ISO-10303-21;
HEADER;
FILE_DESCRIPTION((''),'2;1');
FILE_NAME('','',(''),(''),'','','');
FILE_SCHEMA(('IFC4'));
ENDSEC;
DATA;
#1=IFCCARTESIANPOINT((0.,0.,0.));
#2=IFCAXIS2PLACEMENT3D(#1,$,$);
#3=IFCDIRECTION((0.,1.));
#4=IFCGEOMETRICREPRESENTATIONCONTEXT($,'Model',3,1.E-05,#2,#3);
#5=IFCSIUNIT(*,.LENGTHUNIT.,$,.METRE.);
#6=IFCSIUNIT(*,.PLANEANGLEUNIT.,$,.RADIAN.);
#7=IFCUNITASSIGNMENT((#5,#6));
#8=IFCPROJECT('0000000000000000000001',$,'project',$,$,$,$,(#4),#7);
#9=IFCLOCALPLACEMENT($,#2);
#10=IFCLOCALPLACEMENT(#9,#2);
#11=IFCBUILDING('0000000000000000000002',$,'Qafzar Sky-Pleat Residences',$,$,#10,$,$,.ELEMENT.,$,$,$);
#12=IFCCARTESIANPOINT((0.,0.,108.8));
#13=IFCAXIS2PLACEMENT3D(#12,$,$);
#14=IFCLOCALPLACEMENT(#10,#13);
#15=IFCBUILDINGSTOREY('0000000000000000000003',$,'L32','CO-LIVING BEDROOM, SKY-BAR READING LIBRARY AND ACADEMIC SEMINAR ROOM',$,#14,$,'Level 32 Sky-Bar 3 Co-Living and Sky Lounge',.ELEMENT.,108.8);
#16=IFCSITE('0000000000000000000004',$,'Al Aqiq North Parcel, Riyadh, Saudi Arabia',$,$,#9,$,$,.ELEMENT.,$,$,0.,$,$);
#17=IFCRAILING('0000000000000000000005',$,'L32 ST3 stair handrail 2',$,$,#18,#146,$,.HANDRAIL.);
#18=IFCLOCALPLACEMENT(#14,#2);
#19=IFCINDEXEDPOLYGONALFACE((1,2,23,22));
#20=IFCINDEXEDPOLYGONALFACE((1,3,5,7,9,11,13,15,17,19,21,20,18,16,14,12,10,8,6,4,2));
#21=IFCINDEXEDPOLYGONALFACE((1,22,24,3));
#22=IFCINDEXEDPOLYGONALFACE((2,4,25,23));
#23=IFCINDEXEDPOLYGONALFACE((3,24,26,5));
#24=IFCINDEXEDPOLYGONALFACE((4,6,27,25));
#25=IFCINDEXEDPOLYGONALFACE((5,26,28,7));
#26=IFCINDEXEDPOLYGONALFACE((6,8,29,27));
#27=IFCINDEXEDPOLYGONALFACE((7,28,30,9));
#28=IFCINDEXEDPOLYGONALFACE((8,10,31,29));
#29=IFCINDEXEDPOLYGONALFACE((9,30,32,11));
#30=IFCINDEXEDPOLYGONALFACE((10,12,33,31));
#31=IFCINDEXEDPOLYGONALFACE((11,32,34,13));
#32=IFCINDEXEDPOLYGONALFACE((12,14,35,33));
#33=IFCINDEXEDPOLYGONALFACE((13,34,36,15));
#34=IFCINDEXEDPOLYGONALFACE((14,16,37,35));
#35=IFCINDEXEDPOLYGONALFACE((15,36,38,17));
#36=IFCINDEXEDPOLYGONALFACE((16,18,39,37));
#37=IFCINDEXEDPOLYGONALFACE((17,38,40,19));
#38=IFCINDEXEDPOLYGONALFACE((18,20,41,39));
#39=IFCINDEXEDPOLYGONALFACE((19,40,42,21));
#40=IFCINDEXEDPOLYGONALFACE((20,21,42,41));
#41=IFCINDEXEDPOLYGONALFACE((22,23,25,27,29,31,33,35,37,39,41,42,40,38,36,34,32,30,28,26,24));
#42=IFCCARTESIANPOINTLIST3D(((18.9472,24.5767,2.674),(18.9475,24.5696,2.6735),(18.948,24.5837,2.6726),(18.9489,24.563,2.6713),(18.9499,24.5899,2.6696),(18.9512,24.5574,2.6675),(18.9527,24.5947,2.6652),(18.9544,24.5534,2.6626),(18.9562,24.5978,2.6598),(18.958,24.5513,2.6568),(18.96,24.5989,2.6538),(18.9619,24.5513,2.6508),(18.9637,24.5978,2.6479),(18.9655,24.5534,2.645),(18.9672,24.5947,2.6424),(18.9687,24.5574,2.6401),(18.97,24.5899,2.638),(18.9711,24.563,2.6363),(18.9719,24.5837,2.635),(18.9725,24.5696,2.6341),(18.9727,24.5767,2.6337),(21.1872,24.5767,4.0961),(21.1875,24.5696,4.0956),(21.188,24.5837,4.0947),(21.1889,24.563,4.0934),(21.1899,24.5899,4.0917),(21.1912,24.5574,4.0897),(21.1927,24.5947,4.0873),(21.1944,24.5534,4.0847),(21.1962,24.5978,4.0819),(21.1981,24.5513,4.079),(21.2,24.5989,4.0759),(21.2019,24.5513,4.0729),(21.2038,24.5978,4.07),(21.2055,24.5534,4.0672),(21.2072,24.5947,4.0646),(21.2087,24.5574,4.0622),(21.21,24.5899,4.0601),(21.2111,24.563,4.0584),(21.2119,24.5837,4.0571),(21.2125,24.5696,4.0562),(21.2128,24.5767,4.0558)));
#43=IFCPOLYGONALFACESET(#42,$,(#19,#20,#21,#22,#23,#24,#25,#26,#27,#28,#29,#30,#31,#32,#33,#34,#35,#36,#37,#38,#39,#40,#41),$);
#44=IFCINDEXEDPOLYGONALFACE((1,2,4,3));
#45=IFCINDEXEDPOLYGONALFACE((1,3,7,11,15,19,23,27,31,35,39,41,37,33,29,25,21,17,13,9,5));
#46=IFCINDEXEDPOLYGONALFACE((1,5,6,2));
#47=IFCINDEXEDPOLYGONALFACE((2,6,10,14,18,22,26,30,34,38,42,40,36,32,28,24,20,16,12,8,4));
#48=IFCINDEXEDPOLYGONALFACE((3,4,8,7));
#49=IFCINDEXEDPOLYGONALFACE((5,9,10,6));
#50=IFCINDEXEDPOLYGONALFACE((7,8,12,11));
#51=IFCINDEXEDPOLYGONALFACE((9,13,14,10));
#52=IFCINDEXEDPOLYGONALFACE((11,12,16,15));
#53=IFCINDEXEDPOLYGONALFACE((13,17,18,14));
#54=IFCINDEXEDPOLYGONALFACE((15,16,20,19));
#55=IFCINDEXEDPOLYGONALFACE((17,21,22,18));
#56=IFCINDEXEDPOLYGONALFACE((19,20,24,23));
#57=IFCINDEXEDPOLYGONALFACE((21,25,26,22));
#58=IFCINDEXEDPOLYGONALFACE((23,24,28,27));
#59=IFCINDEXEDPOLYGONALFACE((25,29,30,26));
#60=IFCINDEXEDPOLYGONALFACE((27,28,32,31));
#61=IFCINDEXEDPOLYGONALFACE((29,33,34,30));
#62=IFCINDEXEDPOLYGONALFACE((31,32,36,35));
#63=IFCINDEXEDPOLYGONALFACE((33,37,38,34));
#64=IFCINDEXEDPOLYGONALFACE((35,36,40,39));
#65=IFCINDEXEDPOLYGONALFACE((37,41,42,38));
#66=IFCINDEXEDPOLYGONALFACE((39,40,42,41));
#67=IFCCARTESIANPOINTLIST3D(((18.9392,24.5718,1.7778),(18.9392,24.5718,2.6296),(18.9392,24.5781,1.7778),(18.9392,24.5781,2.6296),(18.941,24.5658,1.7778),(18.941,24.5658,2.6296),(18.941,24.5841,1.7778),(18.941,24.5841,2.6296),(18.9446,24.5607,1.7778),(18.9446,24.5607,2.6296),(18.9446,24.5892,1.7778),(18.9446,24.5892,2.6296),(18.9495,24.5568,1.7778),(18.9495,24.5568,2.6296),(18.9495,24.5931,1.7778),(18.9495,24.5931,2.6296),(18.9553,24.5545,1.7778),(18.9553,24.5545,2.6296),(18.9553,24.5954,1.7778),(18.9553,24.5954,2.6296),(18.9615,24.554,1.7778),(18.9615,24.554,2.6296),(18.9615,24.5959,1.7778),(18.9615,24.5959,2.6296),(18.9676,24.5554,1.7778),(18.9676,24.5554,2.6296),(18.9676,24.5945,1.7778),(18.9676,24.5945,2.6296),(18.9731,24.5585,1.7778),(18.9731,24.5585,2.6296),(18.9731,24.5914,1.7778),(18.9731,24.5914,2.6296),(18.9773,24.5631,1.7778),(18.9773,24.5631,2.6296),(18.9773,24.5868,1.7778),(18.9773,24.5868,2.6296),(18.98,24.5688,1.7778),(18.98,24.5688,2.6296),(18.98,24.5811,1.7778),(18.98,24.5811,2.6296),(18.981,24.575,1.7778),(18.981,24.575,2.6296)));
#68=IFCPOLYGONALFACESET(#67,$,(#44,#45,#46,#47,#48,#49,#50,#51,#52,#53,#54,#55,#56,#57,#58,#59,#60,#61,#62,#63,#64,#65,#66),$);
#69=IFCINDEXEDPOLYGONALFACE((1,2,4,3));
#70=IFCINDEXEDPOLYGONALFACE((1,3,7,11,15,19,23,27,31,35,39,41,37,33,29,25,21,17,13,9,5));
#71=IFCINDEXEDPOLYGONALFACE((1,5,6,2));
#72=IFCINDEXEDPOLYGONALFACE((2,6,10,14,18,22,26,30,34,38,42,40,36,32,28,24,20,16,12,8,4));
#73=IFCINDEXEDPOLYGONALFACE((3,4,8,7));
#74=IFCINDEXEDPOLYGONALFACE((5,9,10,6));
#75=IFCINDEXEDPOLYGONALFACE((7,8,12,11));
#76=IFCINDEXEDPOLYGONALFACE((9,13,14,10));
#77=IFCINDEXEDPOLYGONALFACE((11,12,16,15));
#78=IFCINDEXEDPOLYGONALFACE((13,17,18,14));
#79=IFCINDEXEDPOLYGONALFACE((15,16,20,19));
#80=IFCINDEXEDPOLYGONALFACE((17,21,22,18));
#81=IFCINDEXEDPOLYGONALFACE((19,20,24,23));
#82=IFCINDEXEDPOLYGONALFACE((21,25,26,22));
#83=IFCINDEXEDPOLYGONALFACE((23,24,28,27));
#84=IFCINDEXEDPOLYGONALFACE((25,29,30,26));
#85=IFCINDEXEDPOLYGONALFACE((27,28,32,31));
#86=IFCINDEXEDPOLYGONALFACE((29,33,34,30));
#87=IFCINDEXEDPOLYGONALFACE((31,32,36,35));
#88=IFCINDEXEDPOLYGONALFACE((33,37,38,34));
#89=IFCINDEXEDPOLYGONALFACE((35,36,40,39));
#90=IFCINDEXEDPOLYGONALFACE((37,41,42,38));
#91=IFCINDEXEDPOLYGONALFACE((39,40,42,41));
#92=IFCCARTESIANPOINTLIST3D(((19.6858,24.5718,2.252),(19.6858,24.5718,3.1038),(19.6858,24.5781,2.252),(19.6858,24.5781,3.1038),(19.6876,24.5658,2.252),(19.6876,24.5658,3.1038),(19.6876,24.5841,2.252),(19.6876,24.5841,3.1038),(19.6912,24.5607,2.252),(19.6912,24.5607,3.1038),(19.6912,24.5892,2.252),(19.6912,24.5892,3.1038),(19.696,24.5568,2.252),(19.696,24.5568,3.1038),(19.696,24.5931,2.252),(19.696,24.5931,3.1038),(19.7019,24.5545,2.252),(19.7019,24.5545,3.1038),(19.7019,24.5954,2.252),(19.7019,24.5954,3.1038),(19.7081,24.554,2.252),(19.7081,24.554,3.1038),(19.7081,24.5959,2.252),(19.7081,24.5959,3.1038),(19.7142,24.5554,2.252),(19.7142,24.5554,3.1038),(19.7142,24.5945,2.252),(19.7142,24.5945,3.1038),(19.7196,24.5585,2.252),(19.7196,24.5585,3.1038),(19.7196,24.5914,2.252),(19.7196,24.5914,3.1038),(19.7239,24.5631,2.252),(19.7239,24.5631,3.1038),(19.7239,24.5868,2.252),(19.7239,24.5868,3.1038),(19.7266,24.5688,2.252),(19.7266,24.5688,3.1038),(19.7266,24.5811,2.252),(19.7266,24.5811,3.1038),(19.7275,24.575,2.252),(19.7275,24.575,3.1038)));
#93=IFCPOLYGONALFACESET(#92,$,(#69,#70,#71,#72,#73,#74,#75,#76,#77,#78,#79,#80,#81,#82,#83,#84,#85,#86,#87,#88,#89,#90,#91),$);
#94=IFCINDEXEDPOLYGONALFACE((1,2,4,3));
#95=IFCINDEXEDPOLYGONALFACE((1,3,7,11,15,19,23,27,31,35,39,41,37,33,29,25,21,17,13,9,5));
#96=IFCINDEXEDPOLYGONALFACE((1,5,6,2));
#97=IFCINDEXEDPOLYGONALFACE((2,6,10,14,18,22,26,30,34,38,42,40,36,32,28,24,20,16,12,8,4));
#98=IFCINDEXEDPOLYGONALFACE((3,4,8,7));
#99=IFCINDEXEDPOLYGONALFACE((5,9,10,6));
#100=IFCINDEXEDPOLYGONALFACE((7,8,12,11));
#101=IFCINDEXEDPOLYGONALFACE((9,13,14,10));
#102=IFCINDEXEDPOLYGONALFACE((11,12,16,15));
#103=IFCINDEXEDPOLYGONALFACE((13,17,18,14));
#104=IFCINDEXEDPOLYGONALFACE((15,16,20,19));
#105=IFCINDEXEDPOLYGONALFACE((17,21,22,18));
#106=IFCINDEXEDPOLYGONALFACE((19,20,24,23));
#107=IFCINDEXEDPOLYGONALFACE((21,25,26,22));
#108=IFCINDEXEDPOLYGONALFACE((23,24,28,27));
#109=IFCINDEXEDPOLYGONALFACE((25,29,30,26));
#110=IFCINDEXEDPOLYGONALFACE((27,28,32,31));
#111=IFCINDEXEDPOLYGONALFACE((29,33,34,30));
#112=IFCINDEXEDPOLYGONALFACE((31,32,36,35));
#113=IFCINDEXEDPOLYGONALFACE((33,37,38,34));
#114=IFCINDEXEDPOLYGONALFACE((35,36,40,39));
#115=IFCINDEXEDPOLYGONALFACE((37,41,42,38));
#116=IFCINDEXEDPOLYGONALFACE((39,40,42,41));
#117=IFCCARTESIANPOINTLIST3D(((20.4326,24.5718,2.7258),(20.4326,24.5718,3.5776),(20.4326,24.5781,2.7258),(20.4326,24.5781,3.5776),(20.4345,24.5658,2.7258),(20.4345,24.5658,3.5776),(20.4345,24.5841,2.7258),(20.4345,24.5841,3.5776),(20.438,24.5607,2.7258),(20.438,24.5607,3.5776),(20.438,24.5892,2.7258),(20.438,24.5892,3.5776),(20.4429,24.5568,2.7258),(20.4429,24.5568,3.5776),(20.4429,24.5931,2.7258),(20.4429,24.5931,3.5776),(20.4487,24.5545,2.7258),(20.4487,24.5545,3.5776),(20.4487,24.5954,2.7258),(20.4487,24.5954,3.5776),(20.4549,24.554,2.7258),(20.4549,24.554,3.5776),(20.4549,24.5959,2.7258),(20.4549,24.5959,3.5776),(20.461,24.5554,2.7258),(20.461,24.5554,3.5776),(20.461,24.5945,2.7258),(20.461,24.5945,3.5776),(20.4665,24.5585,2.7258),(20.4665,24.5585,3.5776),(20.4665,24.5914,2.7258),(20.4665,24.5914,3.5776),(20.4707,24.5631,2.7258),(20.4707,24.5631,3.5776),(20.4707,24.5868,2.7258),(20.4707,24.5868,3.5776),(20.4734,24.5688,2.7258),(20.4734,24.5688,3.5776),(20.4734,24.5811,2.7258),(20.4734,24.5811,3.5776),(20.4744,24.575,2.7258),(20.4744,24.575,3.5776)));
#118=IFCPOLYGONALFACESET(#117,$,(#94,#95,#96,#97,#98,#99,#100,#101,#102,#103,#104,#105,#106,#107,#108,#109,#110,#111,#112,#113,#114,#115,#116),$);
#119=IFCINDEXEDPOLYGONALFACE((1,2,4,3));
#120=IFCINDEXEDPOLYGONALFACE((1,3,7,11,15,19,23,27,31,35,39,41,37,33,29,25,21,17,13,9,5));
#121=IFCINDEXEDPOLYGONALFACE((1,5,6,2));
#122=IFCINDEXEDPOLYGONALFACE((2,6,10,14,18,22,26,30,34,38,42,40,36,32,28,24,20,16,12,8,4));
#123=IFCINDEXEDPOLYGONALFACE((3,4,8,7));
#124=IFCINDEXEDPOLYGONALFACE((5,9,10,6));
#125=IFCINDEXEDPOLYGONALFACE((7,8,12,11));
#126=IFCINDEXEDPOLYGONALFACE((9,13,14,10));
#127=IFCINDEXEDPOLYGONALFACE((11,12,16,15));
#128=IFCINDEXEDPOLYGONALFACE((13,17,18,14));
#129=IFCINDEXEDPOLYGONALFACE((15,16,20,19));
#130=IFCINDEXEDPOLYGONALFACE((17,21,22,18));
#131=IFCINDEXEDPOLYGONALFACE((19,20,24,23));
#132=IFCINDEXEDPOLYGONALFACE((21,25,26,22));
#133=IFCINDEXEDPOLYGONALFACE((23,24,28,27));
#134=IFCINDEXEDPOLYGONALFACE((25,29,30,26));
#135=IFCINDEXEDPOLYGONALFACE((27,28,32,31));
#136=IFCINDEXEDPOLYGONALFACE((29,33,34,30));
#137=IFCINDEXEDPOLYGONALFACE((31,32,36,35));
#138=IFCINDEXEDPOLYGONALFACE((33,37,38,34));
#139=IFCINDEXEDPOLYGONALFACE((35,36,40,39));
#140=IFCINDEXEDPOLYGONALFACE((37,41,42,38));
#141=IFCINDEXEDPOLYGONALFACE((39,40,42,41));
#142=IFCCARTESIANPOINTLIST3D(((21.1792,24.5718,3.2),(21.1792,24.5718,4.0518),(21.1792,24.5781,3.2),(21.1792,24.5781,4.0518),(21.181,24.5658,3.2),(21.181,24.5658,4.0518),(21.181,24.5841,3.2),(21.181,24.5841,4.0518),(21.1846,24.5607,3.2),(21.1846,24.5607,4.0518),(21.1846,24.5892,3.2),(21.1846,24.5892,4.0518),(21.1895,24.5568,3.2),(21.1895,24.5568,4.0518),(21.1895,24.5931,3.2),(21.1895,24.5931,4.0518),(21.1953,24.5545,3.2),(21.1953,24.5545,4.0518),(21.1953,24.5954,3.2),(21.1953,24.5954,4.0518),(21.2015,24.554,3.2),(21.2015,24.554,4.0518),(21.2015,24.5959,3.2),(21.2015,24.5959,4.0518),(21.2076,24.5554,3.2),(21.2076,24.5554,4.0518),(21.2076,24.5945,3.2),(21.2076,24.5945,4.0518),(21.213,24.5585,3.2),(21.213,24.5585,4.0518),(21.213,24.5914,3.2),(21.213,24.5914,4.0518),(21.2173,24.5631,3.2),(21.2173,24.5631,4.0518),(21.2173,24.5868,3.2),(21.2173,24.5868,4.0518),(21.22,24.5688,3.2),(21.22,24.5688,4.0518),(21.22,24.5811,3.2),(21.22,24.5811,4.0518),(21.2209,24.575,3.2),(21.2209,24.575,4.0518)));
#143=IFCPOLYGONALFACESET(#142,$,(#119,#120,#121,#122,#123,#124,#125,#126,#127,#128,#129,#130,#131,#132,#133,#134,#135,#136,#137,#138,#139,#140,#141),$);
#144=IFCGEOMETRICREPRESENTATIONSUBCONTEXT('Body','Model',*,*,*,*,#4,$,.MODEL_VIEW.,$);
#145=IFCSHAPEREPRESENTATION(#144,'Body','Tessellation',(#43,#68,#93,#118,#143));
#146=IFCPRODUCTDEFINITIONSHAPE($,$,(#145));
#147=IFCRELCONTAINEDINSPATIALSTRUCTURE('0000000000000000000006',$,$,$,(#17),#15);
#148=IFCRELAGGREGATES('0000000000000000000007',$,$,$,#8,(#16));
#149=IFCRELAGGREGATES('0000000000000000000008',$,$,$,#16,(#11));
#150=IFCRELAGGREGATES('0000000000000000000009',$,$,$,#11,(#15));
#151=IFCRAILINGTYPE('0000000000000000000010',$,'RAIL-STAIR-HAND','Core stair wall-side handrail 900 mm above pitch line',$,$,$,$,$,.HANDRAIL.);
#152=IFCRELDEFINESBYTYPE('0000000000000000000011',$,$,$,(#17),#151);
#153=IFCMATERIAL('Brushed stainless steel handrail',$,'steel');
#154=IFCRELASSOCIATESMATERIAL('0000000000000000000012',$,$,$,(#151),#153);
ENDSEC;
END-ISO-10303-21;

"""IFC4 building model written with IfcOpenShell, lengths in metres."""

from ifc_helpers import new_model, si_unit, direction, frame, origin, origin_2d, place, context, subcontext, project, spatial, circle, extrude, source, transform, mapped, material, type_object, element, save


model = new_model("IFC4")

# Units and contexts
model_context = context("Model", 3, precision=1e-05, world=origin(), true_north=direction((0.0, 1.0)))
body_context = subcontext(model_context, "Body", "Model", "MODEL_VIEW")
ifc_project = project(units=[si_unit("LENGTHUNIT", "METRE"), si_unit("PLANEANGLEUNIT", "RADIAN")], contexts=[model_context])

# Site, building, storey
site_placement = place(None, origin())
site = spatial("IfcSite", under=ifc_project, at=site_placement, Name="Al Aqiq North Parcel, Riyadh, Saudi Arabia", CompositionType="ELEMENT", RefElevation=0.0)
building_placement = place(site_placement, origin())
building = spatial("IfcBuilding", under=site, at=building_placement, Name="Qafzar Sky-Pleat Residences", CompositionType="ELEMENT")
storey_placement = place(building_placement, frame((0.0, 0.0, 108.8)))
storey = spatial("IfcBuildingStorey", under=building, at=storey_placement, Name="L32", Description="CO-LIVING BEDROOM, SKY-BAR READING LIBRARY AND ACADEMIC SEMINAR ROOM", LongName="Level 32 Sky-Bar 3 Co-Living and Sky Lounge", CompositionType="ELEMENT", Elevation=108.8)

# Railing
ifc_material_1 = material(Name="Brushed stainless steel handrail", Category="steel")
railing_type_1 = type_object("IfcRailingType", Name="RAIL-STAIR-HAND", Description="Core stair wall-side handrail 900 mm above pitch line", PredefinedType="HANDRAIL", material=ifc_material_1)
shared_shape_1 = source(origin(), body_context, "Body", "SweptSolid", [
    extrude(circle(Radius=0.0239, at=origin_2d()), frame((0.0, 0.0, 0.876), z_axis=(0.844229, 0.0, 0.535982), x_axis=(0.0, 1.0, 0.0)), (0.0, 0.0, 1.0), 2.6533),
    extrude(circle(Radius=0.021, at=origin_2d()), origin(), (0.0, 0.0, 1.0), 0.8518),
    extrude(circle(Radius=0.021, at=origin_2d()), frame((0.7466, 0.0, 0.4741)), (0.0, 0.0, 1.0), 0.8518),
    extrude(circle(Radius=0.021, at=origin_2d()), frame((1.4934, 0.0, 0.948)), (0.0, 0.0, 1.0), 0.8518),
    extrude(circle(Radius=0.021, at=origin_2d()), frame((2.24, 0.0, 1.4221)), (0.0, 0.0, 1.0), 0.8518),
])
railing_1_placement = place(storey_placement, frame((18.96, 24.575, 1.7778)))
element("IfcRailing", 1, at=railing_1_placement, inside=storey, type_object=railing_type_1, Name="L32 ST3 stair handrail 2", PredefinedType="HANDRAIL", context=body_context, shape_type="MappedRepresentation", body=[
    mapped(shared_shape_1, transform((0.0, 0.0, 0.0), x_axis=(1.0, 0.0, 0.0), y_axis=(0.0, 1.0, 0.0), z_axis=(0.0, 0.0, 1.0), scale=1.0)),
])

save(model, "model.ifc")
